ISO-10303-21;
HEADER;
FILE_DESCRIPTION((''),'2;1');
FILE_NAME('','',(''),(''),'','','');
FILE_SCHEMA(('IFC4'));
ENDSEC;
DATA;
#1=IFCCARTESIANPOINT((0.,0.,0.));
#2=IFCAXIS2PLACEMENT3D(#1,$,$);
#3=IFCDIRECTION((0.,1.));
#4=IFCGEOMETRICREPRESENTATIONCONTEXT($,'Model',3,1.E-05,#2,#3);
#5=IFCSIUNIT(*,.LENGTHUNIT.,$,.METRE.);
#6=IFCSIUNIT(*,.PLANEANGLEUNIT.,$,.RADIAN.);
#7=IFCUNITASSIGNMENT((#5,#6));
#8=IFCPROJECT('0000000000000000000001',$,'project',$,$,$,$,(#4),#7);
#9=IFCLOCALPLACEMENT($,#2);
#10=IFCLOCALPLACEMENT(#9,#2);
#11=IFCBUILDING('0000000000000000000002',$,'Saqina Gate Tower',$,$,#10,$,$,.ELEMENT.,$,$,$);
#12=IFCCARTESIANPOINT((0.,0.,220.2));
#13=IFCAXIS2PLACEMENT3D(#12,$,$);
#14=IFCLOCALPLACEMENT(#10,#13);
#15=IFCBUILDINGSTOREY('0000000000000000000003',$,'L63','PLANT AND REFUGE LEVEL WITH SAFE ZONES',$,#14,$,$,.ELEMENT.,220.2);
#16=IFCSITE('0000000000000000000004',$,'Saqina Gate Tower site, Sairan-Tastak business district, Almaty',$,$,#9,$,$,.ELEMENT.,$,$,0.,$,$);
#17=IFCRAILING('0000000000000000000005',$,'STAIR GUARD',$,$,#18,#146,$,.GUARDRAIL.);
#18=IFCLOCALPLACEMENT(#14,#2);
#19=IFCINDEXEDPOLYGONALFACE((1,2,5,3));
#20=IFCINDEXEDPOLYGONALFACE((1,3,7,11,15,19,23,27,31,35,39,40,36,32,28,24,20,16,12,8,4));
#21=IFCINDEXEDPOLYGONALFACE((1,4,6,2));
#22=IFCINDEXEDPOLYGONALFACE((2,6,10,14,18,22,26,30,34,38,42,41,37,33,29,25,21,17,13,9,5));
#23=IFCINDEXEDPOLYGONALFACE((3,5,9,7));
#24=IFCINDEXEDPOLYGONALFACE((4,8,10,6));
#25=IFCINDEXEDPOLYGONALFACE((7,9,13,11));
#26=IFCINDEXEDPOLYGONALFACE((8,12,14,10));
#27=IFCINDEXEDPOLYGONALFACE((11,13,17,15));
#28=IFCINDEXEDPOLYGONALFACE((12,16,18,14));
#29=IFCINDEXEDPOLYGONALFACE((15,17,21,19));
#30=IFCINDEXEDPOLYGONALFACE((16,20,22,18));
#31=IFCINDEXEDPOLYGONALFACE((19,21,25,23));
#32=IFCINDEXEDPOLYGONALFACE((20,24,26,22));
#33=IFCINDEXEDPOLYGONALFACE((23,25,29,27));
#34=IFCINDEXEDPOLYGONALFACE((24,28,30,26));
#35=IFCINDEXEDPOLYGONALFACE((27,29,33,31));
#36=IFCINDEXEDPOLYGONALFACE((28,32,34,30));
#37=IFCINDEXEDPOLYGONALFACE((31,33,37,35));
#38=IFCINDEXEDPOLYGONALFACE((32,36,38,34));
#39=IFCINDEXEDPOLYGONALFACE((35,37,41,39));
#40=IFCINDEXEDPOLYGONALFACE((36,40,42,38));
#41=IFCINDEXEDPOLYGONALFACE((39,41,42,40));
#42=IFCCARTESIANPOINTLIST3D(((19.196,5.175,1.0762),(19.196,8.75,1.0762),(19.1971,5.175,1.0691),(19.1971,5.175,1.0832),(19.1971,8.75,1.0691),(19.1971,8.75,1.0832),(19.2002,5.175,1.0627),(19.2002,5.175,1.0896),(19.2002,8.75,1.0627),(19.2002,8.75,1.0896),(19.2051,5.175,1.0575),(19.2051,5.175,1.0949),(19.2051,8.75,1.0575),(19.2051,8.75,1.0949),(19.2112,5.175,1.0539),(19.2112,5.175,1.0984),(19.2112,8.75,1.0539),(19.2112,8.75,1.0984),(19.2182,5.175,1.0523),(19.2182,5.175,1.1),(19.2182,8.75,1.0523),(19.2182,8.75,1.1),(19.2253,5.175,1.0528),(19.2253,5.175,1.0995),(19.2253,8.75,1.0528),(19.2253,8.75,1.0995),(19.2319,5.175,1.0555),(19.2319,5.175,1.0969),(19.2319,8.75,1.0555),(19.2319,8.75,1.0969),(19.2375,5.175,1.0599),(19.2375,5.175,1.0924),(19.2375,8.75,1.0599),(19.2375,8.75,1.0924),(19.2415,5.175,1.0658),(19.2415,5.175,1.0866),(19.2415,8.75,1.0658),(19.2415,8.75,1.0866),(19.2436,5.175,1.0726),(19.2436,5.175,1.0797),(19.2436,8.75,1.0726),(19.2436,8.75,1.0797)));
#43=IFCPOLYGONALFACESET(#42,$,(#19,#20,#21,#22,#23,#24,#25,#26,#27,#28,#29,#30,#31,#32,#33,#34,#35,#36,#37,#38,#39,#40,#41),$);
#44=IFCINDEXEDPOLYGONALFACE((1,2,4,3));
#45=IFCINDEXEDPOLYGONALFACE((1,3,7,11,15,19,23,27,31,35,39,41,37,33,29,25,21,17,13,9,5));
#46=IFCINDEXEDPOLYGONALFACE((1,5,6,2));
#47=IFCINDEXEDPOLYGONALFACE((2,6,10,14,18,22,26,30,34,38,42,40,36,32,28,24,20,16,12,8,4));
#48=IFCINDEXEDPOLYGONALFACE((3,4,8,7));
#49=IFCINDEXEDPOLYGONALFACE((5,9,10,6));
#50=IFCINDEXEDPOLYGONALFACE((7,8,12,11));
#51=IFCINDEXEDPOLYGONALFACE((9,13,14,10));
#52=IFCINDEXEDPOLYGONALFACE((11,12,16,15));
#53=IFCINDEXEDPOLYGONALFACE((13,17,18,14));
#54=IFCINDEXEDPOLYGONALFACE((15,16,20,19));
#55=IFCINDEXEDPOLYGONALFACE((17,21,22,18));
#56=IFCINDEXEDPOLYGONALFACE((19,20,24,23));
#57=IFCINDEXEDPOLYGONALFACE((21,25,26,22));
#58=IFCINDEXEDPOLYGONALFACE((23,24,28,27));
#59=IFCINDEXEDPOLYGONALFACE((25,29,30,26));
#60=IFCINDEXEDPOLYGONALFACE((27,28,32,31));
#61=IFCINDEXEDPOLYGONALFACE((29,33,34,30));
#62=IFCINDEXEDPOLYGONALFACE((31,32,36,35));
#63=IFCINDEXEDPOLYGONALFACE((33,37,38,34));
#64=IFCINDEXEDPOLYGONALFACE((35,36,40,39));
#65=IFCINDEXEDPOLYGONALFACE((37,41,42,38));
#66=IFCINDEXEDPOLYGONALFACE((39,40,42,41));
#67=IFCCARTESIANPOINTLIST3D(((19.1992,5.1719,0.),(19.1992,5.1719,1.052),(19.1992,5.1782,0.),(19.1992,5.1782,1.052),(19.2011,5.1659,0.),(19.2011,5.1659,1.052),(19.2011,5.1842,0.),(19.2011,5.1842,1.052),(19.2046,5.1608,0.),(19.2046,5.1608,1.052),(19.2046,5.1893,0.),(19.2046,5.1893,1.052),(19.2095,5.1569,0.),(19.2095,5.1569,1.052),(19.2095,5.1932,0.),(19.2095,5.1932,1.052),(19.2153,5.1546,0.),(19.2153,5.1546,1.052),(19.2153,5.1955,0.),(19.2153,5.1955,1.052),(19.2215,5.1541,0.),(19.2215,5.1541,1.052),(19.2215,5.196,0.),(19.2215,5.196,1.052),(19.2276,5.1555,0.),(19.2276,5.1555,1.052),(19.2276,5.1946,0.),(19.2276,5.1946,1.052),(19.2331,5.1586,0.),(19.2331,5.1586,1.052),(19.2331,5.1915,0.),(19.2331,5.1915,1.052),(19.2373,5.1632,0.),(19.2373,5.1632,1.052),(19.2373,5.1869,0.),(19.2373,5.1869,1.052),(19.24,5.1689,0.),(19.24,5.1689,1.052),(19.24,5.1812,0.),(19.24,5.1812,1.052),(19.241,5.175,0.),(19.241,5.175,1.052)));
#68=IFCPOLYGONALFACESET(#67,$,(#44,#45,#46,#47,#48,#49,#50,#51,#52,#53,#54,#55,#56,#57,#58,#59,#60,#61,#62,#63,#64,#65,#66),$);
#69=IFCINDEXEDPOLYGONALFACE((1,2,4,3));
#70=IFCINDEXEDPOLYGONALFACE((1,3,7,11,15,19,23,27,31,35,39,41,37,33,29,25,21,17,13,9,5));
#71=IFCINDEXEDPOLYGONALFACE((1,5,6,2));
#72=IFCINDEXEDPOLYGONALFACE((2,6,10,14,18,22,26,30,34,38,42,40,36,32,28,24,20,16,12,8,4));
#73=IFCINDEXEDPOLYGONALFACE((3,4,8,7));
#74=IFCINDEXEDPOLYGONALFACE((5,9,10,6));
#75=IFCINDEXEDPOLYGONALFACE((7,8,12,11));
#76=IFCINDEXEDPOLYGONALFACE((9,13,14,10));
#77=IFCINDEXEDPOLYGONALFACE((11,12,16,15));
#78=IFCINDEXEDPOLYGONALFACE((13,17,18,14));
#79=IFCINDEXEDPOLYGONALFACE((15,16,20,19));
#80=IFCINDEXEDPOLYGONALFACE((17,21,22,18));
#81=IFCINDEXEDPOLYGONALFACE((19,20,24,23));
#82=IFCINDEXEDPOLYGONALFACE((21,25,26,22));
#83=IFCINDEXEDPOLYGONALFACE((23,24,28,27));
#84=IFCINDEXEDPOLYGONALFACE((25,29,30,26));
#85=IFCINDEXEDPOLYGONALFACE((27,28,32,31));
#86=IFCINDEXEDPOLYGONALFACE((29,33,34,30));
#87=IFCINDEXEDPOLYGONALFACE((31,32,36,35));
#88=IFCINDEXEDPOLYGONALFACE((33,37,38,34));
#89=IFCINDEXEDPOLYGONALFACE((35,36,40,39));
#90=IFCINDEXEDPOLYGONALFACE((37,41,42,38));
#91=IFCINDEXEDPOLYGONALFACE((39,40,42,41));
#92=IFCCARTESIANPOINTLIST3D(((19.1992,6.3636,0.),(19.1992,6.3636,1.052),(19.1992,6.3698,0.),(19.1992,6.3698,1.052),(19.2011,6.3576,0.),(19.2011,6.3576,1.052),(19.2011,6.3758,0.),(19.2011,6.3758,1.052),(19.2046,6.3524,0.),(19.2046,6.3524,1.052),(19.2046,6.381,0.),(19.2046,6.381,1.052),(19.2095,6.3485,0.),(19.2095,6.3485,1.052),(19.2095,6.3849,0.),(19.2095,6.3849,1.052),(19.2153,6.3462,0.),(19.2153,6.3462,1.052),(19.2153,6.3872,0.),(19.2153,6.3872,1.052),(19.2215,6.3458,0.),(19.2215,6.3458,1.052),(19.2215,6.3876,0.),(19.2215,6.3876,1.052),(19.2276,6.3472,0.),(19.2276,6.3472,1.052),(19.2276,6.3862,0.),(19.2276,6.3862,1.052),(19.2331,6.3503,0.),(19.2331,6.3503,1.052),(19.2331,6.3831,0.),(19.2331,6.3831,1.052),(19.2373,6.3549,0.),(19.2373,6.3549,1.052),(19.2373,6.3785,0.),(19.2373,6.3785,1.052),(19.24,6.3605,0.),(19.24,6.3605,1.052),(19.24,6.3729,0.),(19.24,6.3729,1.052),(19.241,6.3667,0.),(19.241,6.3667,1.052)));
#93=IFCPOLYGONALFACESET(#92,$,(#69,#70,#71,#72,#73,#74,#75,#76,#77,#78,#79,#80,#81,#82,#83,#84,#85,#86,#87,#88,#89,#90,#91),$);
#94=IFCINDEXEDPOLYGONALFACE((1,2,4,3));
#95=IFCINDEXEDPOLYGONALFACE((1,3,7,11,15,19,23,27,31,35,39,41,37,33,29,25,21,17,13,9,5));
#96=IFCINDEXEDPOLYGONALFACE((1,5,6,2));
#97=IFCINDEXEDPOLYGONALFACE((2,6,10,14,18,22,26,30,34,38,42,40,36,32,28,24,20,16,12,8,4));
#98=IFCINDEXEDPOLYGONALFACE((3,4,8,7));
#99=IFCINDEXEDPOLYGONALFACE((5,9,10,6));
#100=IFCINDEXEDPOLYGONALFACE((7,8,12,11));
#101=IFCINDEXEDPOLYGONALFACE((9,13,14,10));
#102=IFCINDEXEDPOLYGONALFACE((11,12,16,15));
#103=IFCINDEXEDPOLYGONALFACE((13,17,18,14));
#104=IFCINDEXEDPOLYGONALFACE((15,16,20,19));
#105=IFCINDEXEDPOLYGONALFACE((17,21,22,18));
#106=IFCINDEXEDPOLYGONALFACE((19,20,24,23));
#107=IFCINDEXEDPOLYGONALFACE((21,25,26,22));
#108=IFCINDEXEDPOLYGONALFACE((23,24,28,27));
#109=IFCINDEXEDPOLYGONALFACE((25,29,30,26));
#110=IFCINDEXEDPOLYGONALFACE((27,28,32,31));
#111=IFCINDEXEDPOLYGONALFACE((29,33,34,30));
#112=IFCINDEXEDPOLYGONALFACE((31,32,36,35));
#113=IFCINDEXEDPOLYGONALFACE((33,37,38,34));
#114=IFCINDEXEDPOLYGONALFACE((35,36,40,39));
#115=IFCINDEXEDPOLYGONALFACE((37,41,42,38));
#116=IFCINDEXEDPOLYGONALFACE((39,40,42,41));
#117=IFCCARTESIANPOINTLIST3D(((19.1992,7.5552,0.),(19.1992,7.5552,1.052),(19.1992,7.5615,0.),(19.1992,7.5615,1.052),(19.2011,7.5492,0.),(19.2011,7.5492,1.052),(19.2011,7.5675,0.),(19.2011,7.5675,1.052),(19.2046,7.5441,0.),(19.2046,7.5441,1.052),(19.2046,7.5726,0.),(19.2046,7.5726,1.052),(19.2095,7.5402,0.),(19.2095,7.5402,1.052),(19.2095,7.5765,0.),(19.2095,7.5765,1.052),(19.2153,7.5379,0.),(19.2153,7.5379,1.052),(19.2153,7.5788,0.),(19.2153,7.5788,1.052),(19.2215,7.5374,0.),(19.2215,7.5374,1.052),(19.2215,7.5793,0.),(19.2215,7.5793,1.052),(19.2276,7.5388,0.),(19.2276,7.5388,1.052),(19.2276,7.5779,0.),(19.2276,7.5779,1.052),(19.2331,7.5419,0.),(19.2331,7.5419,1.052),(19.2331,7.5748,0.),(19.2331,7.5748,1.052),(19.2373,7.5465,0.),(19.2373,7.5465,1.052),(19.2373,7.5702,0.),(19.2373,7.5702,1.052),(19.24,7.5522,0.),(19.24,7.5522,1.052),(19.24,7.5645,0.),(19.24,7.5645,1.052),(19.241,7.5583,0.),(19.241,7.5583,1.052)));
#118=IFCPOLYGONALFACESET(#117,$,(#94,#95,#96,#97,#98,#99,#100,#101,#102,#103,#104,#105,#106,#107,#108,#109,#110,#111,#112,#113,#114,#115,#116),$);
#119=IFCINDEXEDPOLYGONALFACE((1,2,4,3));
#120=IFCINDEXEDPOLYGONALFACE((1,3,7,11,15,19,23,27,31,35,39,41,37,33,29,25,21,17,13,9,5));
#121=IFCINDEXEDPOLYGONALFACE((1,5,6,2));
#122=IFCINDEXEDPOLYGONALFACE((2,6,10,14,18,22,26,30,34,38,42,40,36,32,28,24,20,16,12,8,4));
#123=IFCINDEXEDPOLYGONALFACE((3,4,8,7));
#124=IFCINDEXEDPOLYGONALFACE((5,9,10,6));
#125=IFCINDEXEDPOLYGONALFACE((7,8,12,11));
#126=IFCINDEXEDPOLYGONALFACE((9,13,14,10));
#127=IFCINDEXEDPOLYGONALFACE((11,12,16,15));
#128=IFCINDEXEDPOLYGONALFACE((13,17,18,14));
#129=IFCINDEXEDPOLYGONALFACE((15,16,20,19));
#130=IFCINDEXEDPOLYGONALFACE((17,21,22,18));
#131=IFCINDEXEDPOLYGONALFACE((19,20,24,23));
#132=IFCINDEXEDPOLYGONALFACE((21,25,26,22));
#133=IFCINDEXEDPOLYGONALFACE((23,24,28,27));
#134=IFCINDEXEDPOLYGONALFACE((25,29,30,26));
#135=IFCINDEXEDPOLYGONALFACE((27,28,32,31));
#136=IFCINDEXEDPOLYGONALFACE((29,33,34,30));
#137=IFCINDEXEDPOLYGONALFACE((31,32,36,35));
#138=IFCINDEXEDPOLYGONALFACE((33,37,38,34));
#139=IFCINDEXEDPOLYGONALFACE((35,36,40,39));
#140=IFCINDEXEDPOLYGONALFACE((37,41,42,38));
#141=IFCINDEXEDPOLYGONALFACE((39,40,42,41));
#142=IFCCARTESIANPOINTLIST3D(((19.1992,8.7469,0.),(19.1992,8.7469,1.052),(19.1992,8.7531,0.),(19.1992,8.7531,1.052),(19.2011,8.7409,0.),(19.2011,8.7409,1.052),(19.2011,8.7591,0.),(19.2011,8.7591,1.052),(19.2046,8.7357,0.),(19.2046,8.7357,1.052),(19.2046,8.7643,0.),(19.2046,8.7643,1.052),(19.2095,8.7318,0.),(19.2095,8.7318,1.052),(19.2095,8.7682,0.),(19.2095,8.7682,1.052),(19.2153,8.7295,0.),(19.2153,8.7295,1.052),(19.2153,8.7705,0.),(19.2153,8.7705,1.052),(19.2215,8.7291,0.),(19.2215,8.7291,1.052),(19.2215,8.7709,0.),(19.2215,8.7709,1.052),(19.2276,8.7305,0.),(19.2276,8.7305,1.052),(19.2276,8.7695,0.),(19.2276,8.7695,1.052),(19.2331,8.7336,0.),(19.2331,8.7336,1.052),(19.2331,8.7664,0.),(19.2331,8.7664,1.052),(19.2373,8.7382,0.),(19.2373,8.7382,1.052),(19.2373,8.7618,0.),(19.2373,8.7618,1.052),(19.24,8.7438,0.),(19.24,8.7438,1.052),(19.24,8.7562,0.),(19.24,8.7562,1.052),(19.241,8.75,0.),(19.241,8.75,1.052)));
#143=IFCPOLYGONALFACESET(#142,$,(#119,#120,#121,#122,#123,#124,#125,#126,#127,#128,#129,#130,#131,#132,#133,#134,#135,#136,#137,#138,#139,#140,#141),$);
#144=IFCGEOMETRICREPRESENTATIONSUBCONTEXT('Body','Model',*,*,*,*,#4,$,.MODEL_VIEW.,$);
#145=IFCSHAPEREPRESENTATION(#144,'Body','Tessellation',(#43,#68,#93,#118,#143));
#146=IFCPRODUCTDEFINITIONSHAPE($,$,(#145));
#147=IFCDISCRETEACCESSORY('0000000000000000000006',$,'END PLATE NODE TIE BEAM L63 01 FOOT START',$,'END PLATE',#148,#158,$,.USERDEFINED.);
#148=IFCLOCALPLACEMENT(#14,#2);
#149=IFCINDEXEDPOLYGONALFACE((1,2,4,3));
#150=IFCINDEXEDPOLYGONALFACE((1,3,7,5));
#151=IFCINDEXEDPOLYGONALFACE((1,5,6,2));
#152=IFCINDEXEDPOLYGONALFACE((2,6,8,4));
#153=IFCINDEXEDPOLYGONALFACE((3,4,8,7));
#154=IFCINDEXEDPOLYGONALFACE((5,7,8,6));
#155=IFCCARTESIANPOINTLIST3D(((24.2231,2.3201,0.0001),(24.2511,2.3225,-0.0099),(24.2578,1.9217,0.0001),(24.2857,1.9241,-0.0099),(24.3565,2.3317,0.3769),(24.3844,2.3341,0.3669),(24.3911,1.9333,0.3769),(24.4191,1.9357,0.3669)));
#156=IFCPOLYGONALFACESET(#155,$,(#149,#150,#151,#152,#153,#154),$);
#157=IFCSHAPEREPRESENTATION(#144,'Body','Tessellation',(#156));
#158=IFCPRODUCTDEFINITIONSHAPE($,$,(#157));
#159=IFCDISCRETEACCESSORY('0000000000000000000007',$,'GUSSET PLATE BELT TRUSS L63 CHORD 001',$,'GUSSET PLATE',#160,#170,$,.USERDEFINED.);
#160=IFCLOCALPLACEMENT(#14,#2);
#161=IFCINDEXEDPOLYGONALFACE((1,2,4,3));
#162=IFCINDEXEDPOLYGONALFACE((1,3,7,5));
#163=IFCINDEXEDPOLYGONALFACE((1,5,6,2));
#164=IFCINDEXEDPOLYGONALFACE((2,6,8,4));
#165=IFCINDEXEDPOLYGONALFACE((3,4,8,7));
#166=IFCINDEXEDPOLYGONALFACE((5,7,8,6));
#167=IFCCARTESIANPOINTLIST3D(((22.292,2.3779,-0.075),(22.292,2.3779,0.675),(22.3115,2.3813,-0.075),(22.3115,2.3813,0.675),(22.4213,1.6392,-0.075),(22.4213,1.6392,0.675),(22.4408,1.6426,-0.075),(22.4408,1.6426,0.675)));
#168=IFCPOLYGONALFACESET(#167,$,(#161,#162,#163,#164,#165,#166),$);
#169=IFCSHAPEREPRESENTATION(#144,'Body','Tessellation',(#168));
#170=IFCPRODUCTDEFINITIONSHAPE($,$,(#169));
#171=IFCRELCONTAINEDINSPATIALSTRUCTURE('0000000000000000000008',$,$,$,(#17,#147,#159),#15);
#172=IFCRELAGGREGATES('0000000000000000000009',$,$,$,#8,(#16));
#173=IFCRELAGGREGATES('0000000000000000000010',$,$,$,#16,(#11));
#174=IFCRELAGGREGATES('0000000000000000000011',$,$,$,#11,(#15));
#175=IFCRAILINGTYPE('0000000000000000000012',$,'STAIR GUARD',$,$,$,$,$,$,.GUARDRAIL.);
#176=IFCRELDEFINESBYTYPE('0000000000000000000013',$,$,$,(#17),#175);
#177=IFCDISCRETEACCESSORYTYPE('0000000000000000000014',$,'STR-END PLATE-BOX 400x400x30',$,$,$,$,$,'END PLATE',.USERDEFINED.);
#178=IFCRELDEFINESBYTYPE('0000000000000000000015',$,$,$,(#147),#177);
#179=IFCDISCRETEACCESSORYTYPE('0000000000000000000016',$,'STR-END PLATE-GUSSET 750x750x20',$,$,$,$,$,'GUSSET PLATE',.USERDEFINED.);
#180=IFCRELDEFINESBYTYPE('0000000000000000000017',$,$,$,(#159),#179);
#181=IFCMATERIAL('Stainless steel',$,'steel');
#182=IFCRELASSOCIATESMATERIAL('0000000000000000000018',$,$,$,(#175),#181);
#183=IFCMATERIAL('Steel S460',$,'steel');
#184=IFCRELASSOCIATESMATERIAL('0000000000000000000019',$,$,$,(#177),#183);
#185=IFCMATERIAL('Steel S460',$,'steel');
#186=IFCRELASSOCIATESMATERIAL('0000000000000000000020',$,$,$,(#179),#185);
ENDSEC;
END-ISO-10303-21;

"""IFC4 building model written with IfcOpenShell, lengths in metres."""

from ifc_helpers import new_model, si_unit, direction, frame, origin, origin_2d, place, context, subcontext, project, spatial, rectangle, circle, extrude, material, material_profile, profile_set, type_object, element, save


model = new_model("IFC4")

# Units and contexts
model_context = context("Model", 3, precision=1e-05, world=origin(), true_north=direction((0.0, 1.0)))
body_context = subcontext(model_context, "Body", "Model", "MODEL_VIEW")
ifc_project = project(units=[si_unit("LENGTHUNIT", "METRE"), si_unit("PLANEANGLEUNIT", "RADIAN")], contexts=[model_context])

# Site, building, storey
site_placement = place(None, origin())
site = spatial("IfcSite", under=ifc_project, at=site_placement, Name="Saqina Gate Tower site, Sairan-Tastak business district, Almaty", CompositionType="ELEMENT", RefElevation=0.0)
building_placement = place(site_placement, origin())
building = spatial("IfcBuilding", under=site, at=building_placement, Name="Saqina Gate Tower", CompositionType="ELEMENT")
storey_placement = place(building_placement, frame((0.0, 0.0, 220.2)))
storey = spatial("IfcBuildingStorey", under=building, at=storey_placement, Name="L63", Description="PLANT AND REFUGE LEVEL WITH SAFE ZONES", CompositionType="ELEMENT", Elevation=220.2)

# Railing
ifc_material_1 = material(Name="Stainless steel", Category="steel")
railing_type = type_object("IfcRailingType", Name="STAIR GUARD", PredefinedType="GUARDRAIL", material=ifc_material_1)
railing_placement = place(storey_placement, frame((19.22, 5.175, 0.0)))
element("IfcRailing", 1, at=railing_placement, inside=storey, type_object=railing_type, Name="STAIR GUARD", PredefinedType="GUARDRAIL", context=body_context, shape_type="SweptSolid", body=[
    extrude(circle(Radius=0.0239, at=origin_2d()), frame((0.0, 0.0, 1.0762), z_axis=(0.0, 1.0, 0.0), x_axis=(-1.0, 0.0, 0.0)), (0.0, 0.0, 1.0), 3.575),
    extrude(circle(Radius=0.021, at=origin_2d()), origin(), (0.0, 0.0, 1.0), 1.052),
    extrude(circle(Radius=0.021, at=origin_2d()), frame((0.0, 1.1917, 0.0)), (0.0, 0.0, 1.0), 1.052),
    extrude(circle(Radius=0.021, at=origin_2d()), frame((0.0, 2.3833, 0.0)), (0.0, 0.0, 1.0), 1.052),
    extrude(circle(Radius=0.021, at=origin_2d()), frame((0.0, 3.575, 0.0)), (0.0, 0.0, 1.0), 1.052),
])

# Discrete accessories
ifc_material_2 = material(Name="Steel S460", Category="steel")
ifc_material_profile_1 = material_profile(ifc_material_2, rectangle(XDim=0.3999, YDim=0.3999, at=origin_2d()), Name="STR-END PLATE-BOX 400x400x30")
ifc_profile_set_1 = profile_set([ifc_material_profile_1], Name="Steel S460")
discrete_accessory_type_1 = type_object("IfcDiscreteAccessoryType", Name="STR-END PLATE-BOX 400x400x30", ElementType="END PLATE", PredefinedType="USERDEFINED", material=ifc_profile_set_1)
discrete_accessory_1_placement = place(storey_placement, frame((24.3071, 2.1267, 0.1885), z_axis=(0.938783, 0.081633, -0.334697), x_axis=(0.08663, -0.996241, 0.0)))
element("IfcDiscreteAccessory", 2, at=discrete_accessory_1_placement, inside=storey, type_object=discrete_accessory_type_1, Name="END PLATE NODE TIE BEAM L63 01 FOOT START", ObjectType="END PLATE", PredefinedType="USERDEFINED", context=body_context, shape_type="SweptSolid", body=[
    extrude(rectangle(XDim=0.3999, YDim=0.3999, at=origin_2d()), origin(), (0.0, 0.0, 1.0), 0.0298),
])
ifc_material_3 = material(Name="Steel S460", Category="steel")
ifc_material_profile_2 = material_profile(ifc_material_3, rectangle(XDim=0.75, YDim=0.75, at=origin_2d()), Name="STR-END PLATE-GUSSET 750x750x20")
ifc_profile_set_2 = profile_set([ifc_material_profile_2], Name="Steel S460")
discrete_accessory_type_2 = type_object("IfcDiscreteAccessoryType", Name="STR-END PLATE-GUSSET 750x750x20", ElementType="GUSSET PLATE", PredefinedType="USERDEFINED", material=ifc_profile_set_2)
discrete_accessory_2_placement = place(storey_placement, frame((22.3567, 2.0085, 0.3), z_axis=(0.98503, 0.17238, 0.0), x_axis=(-0.17238, 0.98503, 0.0)))
element("IfcDiscreteAccessory", 3, at=discrete_accessory_2_placement, inside=storey, type_object=discrete_accessory_type_2, Name="GUSSET PLATE BELT TRUSS L63 CHORD 001", ObjectType="GUSSET PLATE", PredefinedType="USERDEFINED", context=body_context, shape_type="SweptSolid", body=[
    extrude(rectangle(XDim=0.75, YDim=0.75, at=origin_2d()), origin(), (0.0, 0.0, 1.0), 0.0198),
])

save(model, "model.ifc")
